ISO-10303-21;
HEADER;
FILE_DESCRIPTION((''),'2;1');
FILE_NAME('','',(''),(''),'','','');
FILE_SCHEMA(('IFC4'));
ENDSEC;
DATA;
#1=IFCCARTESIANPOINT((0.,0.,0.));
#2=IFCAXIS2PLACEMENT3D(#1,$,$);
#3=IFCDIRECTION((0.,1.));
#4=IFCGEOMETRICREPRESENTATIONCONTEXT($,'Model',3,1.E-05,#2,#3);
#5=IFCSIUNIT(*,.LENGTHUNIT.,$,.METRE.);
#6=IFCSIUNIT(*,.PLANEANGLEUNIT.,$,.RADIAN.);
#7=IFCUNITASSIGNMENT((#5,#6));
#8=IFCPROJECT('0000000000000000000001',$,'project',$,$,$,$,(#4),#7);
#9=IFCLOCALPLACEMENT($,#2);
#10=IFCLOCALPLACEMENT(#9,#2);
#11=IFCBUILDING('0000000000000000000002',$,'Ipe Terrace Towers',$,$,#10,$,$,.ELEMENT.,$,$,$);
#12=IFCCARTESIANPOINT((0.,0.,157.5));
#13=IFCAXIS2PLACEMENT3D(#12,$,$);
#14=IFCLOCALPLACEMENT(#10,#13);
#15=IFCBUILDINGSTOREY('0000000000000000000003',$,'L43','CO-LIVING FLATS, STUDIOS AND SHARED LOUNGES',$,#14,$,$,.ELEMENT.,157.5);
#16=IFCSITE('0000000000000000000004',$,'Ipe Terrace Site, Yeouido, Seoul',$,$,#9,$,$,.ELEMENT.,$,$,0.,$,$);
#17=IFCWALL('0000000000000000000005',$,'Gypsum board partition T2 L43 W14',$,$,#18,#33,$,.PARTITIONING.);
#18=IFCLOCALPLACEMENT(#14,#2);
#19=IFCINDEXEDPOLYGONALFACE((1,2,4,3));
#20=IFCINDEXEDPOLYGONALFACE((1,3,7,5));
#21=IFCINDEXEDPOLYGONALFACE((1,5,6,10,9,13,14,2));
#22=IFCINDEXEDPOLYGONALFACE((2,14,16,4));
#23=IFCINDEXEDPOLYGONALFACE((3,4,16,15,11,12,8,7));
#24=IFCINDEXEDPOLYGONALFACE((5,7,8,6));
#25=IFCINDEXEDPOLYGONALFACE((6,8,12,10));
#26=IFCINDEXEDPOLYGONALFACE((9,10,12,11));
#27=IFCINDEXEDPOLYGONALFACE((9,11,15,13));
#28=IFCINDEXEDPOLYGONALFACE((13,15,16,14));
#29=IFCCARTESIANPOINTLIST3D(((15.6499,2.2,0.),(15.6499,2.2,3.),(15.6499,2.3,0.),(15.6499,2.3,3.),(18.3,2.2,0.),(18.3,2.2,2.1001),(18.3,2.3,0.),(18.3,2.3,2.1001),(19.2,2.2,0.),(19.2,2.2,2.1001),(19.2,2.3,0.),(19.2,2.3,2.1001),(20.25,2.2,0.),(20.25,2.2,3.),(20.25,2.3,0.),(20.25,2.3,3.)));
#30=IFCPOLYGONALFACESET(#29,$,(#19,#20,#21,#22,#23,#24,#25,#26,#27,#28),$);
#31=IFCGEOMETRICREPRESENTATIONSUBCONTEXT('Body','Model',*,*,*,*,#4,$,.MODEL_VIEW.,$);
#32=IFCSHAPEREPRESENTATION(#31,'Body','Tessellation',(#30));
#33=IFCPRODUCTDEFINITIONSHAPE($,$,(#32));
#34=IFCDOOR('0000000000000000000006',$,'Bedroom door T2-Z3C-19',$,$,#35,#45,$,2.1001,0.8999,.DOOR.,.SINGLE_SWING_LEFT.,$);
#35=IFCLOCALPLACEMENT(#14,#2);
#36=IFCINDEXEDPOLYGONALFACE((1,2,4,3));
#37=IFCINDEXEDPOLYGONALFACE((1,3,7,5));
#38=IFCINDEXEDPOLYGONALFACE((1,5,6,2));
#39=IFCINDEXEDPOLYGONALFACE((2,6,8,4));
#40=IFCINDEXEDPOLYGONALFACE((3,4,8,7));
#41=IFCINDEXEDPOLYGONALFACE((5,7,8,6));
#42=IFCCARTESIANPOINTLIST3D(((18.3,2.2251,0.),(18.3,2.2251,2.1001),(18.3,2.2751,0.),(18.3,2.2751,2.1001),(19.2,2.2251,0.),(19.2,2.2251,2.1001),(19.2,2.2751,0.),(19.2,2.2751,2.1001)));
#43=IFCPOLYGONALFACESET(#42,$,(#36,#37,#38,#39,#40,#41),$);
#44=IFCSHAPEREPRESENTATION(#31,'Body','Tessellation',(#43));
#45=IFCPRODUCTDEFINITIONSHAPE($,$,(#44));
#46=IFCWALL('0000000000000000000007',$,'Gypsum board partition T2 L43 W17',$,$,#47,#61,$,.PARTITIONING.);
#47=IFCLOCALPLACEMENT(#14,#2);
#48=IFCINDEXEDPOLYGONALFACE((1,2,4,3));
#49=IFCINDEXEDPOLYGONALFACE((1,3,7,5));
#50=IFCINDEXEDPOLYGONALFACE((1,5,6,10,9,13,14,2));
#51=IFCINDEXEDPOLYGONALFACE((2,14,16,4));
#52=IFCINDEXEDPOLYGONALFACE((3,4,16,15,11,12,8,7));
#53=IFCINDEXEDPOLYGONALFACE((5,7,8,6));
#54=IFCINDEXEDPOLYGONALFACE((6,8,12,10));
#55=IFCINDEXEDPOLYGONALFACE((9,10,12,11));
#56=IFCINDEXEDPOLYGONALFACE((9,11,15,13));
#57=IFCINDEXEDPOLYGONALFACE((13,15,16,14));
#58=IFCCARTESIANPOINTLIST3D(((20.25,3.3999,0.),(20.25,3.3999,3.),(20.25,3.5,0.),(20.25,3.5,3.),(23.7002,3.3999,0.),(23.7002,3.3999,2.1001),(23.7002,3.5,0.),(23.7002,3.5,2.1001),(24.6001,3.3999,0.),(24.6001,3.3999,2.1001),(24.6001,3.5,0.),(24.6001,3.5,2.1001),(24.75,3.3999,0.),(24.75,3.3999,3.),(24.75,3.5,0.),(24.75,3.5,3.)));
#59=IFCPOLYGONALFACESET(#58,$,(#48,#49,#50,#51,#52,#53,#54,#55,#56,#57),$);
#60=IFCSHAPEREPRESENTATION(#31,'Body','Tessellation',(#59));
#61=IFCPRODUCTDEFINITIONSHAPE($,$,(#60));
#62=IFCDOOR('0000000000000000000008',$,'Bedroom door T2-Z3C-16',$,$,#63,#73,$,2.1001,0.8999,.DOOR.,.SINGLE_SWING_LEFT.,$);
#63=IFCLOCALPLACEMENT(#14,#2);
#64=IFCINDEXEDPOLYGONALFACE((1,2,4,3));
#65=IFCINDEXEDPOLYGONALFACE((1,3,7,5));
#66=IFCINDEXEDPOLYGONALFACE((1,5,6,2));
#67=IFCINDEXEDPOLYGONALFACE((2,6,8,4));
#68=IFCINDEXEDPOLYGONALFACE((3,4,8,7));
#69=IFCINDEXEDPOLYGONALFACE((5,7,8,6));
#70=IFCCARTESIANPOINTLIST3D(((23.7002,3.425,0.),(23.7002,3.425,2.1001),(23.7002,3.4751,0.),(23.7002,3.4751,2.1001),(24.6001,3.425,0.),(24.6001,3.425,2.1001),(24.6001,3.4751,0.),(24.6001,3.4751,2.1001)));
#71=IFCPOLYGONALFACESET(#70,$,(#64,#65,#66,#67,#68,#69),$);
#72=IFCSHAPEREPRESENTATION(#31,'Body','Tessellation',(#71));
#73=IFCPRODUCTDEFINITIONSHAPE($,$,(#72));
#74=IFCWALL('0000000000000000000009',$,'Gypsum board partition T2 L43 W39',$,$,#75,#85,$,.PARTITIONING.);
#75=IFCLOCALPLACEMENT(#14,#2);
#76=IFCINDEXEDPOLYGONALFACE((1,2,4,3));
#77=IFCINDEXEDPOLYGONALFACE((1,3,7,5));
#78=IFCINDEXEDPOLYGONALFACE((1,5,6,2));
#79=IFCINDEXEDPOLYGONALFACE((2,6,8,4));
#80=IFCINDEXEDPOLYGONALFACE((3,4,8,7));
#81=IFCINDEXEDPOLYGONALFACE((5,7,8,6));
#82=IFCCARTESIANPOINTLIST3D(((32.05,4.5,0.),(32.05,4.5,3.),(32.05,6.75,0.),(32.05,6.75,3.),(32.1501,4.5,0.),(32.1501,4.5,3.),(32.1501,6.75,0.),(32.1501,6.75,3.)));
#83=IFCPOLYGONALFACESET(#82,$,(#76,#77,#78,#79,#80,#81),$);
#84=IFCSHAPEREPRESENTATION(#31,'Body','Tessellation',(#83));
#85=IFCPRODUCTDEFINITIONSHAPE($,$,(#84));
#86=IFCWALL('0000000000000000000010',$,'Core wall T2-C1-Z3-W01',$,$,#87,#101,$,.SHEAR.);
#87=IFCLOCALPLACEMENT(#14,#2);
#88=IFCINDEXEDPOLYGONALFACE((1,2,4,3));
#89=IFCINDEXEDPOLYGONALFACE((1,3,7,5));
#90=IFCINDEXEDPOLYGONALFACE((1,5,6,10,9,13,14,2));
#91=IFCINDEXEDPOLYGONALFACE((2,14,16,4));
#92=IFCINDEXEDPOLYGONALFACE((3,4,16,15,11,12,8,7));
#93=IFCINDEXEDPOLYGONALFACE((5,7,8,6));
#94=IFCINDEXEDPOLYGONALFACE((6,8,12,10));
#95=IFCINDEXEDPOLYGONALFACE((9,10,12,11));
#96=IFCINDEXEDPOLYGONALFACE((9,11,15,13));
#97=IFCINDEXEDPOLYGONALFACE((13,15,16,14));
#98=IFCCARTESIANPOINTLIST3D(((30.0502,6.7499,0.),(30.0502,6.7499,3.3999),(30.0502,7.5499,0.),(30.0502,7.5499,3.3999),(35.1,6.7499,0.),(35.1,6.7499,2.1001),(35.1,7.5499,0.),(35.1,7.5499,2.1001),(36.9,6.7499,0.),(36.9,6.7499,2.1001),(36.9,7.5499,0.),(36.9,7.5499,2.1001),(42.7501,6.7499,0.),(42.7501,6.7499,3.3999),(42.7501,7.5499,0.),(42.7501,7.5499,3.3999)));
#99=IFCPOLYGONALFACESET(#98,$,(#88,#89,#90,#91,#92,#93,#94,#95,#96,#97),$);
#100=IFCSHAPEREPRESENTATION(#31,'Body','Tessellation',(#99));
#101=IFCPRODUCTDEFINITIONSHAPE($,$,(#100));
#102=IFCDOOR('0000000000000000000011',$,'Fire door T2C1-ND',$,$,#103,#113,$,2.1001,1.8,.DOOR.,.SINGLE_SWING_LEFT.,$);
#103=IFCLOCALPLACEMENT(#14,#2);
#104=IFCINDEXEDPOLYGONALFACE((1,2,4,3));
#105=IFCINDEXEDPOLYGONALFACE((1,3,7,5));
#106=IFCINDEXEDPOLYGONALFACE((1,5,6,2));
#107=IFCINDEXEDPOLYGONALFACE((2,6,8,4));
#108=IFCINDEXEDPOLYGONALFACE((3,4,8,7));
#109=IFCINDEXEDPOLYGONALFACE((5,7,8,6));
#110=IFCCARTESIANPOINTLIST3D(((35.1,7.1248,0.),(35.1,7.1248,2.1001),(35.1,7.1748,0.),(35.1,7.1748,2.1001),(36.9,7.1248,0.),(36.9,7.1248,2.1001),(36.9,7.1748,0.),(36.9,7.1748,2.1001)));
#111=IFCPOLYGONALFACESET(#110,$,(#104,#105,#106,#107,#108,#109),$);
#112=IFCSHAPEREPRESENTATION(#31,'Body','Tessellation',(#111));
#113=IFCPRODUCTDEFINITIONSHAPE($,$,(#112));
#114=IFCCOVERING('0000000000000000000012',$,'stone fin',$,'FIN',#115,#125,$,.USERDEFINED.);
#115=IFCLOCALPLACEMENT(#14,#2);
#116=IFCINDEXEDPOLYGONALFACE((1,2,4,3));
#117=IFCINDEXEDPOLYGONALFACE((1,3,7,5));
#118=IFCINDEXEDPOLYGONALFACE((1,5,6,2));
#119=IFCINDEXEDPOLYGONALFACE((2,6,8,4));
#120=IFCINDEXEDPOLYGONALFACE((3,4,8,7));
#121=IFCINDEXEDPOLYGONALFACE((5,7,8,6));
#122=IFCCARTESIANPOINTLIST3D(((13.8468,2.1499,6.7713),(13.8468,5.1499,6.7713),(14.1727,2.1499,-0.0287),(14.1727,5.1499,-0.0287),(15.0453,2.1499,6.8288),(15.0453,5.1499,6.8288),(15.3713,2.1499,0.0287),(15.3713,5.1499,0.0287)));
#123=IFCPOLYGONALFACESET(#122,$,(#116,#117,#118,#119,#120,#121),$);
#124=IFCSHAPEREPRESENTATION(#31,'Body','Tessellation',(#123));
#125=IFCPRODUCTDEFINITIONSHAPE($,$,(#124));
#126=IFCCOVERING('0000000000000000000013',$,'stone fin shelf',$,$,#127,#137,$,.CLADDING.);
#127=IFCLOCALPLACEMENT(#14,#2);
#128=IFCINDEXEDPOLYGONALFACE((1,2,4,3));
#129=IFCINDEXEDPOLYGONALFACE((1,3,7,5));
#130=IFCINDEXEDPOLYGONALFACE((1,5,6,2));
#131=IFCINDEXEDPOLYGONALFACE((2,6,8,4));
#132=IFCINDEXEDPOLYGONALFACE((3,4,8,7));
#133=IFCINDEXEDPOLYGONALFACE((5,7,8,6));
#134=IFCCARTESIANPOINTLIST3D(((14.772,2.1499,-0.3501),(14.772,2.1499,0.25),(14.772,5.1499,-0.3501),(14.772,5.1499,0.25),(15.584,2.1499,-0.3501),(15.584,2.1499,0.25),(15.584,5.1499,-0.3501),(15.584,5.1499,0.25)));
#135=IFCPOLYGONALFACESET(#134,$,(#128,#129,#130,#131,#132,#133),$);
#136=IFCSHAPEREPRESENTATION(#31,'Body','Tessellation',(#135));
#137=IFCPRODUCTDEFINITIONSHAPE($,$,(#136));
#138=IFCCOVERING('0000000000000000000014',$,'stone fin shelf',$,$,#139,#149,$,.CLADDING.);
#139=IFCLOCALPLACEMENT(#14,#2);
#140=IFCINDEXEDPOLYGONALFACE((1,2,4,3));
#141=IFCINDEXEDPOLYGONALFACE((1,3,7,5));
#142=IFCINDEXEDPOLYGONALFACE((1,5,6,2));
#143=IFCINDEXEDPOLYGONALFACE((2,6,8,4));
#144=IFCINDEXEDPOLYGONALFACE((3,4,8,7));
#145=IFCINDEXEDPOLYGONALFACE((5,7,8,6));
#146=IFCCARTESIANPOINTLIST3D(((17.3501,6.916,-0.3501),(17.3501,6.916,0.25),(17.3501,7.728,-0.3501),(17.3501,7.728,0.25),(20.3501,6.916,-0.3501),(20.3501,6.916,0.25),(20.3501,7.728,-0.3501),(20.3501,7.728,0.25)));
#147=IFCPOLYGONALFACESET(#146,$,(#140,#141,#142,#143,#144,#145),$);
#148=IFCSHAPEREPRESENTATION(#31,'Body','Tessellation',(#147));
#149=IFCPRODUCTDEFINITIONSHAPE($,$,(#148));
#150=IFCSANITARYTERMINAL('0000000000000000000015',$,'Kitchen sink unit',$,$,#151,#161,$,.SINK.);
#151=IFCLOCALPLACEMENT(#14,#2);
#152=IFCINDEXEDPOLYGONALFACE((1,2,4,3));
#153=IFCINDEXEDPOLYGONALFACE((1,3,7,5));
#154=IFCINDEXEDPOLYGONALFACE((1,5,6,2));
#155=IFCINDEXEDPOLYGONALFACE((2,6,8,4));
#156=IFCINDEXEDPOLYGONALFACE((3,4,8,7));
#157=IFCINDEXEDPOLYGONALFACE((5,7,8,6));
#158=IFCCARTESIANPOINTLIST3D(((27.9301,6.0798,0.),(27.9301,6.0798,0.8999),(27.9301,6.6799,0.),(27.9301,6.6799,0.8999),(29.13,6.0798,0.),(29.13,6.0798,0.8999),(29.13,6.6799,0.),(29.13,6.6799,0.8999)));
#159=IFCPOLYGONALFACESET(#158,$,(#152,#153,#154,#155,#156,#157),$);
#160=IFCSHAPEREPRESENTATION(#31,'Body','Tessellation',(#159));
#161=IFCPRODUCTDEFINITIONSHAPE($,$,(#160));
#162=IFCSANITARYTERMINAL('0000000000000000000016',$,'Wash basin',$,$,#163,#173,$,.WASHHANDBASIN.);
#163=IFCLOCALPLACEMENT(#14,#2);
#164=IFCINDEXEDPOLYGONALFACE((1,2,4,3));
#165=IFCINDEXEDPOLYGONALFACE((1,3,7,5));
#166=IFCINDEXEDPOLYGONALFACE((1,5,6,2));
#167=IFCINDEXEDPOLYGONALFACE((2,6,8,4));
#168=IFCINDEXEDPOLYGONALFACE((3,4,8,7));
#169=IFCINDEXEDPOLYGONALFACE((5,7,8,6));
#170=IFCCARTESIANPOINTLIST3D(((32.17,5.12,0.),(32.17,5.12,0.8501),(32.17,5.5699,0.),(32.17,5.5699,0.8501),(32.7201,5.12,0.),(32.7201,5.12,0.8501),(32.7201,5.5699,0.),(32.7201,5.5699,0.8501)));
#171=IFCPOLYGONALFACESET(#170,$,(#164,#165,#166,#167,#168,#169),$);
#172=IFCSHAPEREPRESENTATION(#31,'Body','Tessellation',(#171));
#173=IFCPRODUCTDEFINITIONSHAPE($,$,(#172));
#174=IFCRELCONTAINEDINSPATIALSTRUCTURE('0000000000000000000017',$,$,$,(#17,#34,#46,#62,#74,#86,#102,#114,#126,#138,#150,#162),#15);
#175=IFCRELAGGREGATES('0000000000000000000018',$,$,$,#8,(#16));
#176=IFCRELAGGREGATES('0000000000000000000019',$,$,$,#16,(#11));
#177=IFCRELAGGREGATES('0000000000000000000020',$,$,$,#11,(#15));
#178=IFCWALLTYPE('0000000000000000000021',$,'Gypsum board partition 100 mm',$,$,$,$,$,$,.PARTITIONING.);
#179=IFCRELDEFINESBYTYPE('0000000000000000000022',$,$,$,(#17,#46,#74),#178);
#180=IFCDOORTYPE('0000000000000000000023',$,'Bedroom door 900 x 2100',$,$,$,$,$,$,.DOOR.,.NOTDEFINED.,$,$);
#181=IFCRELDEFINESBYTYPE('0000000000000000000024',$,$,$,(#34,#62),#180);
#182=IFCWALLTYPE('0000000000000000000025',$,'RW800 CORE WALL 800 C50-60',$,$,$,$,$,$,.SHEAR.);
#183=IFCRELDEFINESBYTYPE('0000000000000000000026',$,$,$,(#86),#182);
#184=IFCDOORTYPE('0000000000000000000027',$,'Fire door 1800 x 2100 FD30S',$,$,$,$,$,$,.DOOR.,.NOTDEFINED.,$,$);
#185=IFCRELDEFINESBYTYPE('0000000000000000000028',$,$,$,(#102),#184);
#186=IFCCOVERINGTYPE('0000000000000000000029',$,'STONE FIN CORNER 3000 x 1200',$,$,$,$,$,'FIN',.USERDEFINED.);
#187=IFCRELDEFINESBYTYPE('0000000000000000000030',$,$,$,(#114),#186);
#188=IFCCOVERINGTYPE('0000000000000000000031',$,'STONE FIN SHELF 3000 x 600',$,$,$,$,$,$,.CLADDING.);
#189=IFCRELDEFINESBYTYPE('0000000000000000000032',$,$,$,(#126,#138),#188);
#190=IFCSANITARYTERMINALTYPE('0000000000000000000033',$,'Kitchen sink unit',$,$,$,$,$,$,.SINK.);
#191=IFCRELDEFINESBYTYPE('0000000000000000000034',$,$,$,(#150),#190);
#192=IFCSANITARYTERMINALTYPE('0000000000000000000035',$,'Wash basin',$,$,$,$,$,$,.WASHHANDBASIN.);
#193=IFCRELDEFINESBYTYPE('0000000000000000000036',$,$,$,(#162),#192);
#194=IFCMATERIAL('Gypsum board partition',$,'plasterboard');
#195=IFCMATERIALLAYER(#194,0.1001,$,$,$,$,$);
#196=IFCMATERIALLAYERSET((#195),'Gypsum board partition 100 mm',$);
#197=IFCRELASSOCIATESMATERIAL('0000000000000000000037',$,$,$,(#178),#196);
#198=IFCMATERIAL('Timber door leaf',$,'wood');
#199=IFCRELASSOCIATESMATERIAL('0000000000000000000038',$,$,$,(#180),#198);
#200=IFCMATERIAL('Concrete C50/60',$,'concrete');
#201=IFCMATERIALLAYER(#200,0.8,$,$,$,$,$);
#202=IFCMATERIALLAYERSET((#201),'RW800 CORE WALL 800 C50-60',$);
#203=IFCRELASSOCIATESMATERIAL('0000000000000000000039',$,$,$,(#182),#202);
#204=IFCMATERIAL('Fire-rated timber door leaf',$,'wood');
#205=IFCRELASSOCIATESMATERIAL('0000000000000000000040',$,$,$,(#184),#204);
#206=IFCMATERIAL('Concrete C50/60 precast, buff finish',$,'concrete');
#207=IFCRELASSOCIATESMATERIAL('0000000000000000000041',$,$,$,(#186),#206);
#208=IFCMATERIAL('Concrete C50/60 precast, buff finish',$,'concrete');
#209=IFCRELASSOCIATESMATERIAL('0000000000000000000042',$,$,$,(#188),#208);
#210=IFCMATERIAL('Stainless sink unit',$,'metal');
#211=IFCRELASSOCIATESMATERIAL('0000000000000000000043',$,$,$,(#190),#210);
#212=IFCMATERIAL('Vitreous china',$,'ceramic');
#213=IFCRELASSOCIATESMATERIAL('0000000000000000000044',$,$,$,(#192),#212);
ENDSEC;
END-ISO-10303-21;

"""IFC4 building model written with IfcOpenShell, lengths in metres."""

from ifc_helpers import new_model, si_unit, direction, frame, frame_2d, origin, origin_2d, place, context, subcontext, project, spatial, rectangle, extrude, material, layer, layer_set, material_profile, profile_set, type_object, element, fill, save


model = new_model("IFC4")

# Units and contexts
model_context = context("Model", 3, precision=1e-05, world=origin(), true_north=direction((0.0, 1.0)))
body_context = subcontext(model_context, "Body", "Model", "MODEL_VIEW")
ifc_project = project(units=[si_unit("LENGTHUNIT", "METRE"), si_unit("PLANEANGLEUNIT", "RADIAN")], contexts=[model_context])

# Site, building, storey
site_placement = place(None, origin())
site = spatial("IfcSite", under=ifc_project, at=site_placement, Name="Ipe Terrace Site, Yeouido, Seoul", CompositionType="ELEMENT", RefElevation=0.0)
building_placement = place(site_placement, origin())
building = spatial("IfcBuilding", under=site, at=building_placement, Name="Ipe Terrace Towers", CompositionType="ELEMENT")
storey_placement = place(building_placement, frame((0.0, 0.0, 157.5)))
storey = spatial("IfcBuildingStorey", under=building, at=storey_placement, Name="L43", Description="CO-LIVING FLATS, STUDIOS AND SHARED LOUNGES", CompositionType="ELEMENT", Elevation=157.5)

# Walls, openings, doors
ifc_material_1 = material(Name="Gypsum board partition", Category="plasterboard")
ifc_layer_1 = layer(ifc_material_1, 0.1001)
ifc_layer_set_1 = layer_set([ifc_layer_1], Name="Gypsum board partition 100 mm")
wall_type_1 = type_object("IfcWallType", Name="Gypsum board partition 100 mm", PredefinedType="PARTITIONING", material=ifc_layer_set_1)
wall_1_placement = place(storey_placement, frame((20.25, 2.25, 0.0), z_axis=(0.0, 0.0, 1.0), x_axis=(-1.0, 0.0, 0.0)))
wall_1 = element("IfcWall", 1, at=wall_1_placement, inside=storey, type_object=wall_type_1, Name="Gypsum board partition T2 L43 W14", PredefinedType="PARTITIONING", context=body_context, shape_type="SweptSolid", body=[
    extrude(rectangle(XDim=4.6001, YDim=0.1001, at=frame_2d((2.3, 0.0))), origin(), (0.0, 0.0, 1.0), 3.0),
])
opening_1_placement = place(wall_1_placement, frame((1.05, 0.0, 0.0)))
opening_1 = element("IfcOpeningElement", 2, at=opening_1_placement, cuts=wall_1, PredefinedType="OPENING", context=body_context, shape_type="SweptSolid", body=[
    extrude(rectangle(XDim=0.8999, YDim=2.1001, at=frame_2d((0.45, 1.05))), frame((0.0, 0.0601, 0.0), z_axis=(0.0, -1.0, 0.0), x_axis=(1.0, 0.0, 0.0)), (0.0, 0.0, 1.0), 0.1201),
])
ifc_material_2 = material(Name="Timber door leaf", Category="wood")
door_type_1 = type_object("IfcDoorType", Name="Bedroom door 900 x 2100", OperationType="NOTDEFINED", PredefinedType="DOOR", material=ifc_material_2)
door_1_placement = place(opening_1_placement, origin())
door_1 = element("IfcDoor", 3, at=door_1_placement, inside=storey, type_object=door_type_1, Name="Bedroom door T2-Z3C-19", OperationType="SINGLE_SWING_LEFT", OverallHeight=2.1001, OverallWidth=0.8999, PredefinedType="DOOR", context=body_context, shape_type="SweptSolid", body=[
    extrude(rectangle(XDim=0.8999, YDim=2.1001, at=frame_2d((0.45, 1.05))), frame((0.0, 0.0249, 0.0), z_axis=(0.0, -1.0, 0.0), x_axis=(1.0, 0.0, 0.0)), (0.0, 0.0, 1.0), 0.05),
])
fill(opening_1, door_1)
wall_2_placement = place(storey_placement, frame((24.75, 3.45, 0.0), z_axis=(0.0, 0.0, 1.0), x_axis=(-1.0, 0.0, 0.0)))
wall_2 = element("IfcWall", 4, at=wall_2_placement, inside=storey, type_object=wall_type_1, Name="Gypsum board partition T2 L43 W17", PredefinedType="PARTITIONING", context=body_context, shape_type="SweptSolid", body=[
    extrude(rectangle(XDim=4.5, YDim=0.1001, at=frame_2d((2.25, 0.0))), origin(), (0.0, 0.0, 1.0), 3.0),
])
opening_2_placement = place(wall_2_placement, frame((0.1499, 0.0, 0.0)))
opening_2 = element("IfcOpeningElement", 5, at=opening_2_placement, cuts=wall_2, PredefinedType="OPENING", context=body_context, shape_type="SweptSolid", body=[
    extrude(rectangle(XDim=0.8999, YDim=2.1001, at=frame_2d((0.45, 1.05))), frame((0.0, 0.0601, 0.0), z_axis=(0.0, -1.0, 0.0), x_axis=(1.0, 0.0, 0.0)), (0.0, 0.0, 1.0), 0.1201),
])
door_2_placement = place(opening_2_placement, origin())
door_2 = element("IfcDoor", 6, at=door_2_placement, inside=storey, type_object=door_type_1, Name="Bedroom door T2-Z3C-16", OperationType="SINGLE_SWING_LEFT", OverallHeight=2.1001, OverallWidth=0.8999, PredefinedType="DOOR", context=body_context, shape_type="SweptSolid", body=[
    extrude(rectangle(XDim=0.8999, YDim=2.1001, at=frame_2d((0.45, 1.05))), frame((0.0, 0.0249, 0.0), z_axis=(0.0, -1.0, 0.0), x_axis=(1.0, 0.0, 0.0)), (0.0, 0.0, 1.0), 0.05),
])
fill(opening_2, door_2)

# Wall
wall_3_placement = place(storey_placement, frame((32.1001, 4.5, 0.0), z_axis=(0.0, 0.0, 1.0), x_axis=(0.0, 1.0, 0.0)))
element("IfcWall", 7, at=wall_3_placement, inside=storey, type_object=wall_type_1, Name="Gypsum board partition T2 L43 W39", PredefinedType="PARTITIONING", context=body_context, shape_type="SweptSolid", body=[
    extrude(rectangle(XDim=2.25, YDim=0.1001, at=frame_2d((1.125, 0.0))), origin(), (0.0, 0.0, 1.0), 3.0),
])

# Wall, opening, door
ifc_material_3 = material(Name="Concrete C50/60", Category="concrete")
ifc_layer_2 = layer(ifc_material_3, 0.8)
ifc_layer_set_2 = layer_set([ifc_layer_2], Name="RW800 CORE WALL 800 C50-60")
wall_type_2 = type_object("IfcWallType", Name="RW800 CORE WALL 800 C50-60", PredefinedType="SHEAR", material=ifc_layer_set_2)
wall_4_placement = place(storey_placement, frame((30.05, 7.1499, 0.0), z_axis=(0.0, 0.0, 1.0), x_axis=(1.0, 0.0, 0.0)))
wall_4 = element("IfcWall", 8, at=wall_4_placement, inside=storey, type_object=wall_type_2, Name="Core wall T2-C1-Z3-W01", PredefinedType="SHEAR", context=body_context, shape_type="SweptSolid", body=[
    extrude(rectangle(XDim=12.7, YDim=0.8, at=frame_2d((6.3501, 0.0))), origin(), (0.0, 0.0, 1.0), 3.3999),
])
opening_3_placement = place(wall_4_placement, frame((5.05, 0.0, 0.0)))
opening_3 = element("IfcOpeningElement", 9, at=opening_3_placement, cuts=wall_4, PredefinedType="OPENING", context=body_context, shape_type="SweptSolid", body=[
    extrude(rectangle(XDim=1.8, YDim=2.1001, at=frame_2d((0.8999, 1.05))), frame((0.0, 0.4102, 0.0), z_axis=(0.0, -1.0, 0.0), x_axis=(1.0, 0.0, 0.0)), (0.0, 0.0, 1.0), 0.8201),
])
ifc_material_4 = material(Name="Fire-rated timber door leaf", Category="wood")
door_type_2 = type_object("IfcDoorType", Name="Fire door 1800 x 2100 FD30S", OperationType="NOTDEFINED", PredefinedType="DOOR", material=ifc_material_4)
door_3_placement = place(opening_3_placement, origin())
door_3 = element("IfcDoor", 10, at=door_3_placement, inside=storey, type_object=door_type_2, Name="Fire door T2C1-ND", OperationType="SINGLE_SWING_LEFT", OverallHeight=2.1001, OverallWidth=1.8, PredefinedType="DOOR", context=body_context, shape_type="SweptSolid", body=[
    extrude(rectangle(XDim=1.8, YDim=2.1001, at=frame_2d((0.8999, 1.05))), frame((0.0, 0.0249, 0.0), z_axis=(0.0, -1.0, 0.0), x_axis=(1.0, 0.0, 0.0)), (0.0, 0.0, 1.0), 0.05),
])
fill(opening_3, door_3)

# Coverings
ifc_material_5 = material(Name="Concrete C50/60 precast, buff finish", Category="concrete")
ifc_material_profile_1 = material_profile(ifc_material_5, rectangle(XDim=3.0, YDim=1.2, at=origin_2d()), Name="STONE FIN CORNER 3000 x 1200")
ifc_profile_set_1 = profile_set([ifc_material_profile_1], Name="Concrete C50/60 precast, buff finish")
covering_type_1 = type_object("IfcCoveringType", Name="STONE FIN CORNER 3000 x 1200", ElementType="FIN", PredefinedType="USERDEFINED", material=ifc_profile_set_1)
covering_placement = place(storey_placement, frame((14.772, 3.6499, 0.0), z_axis=(-0.047875, 0.0, 0.998853), x_axis=(0.0, -1.0, 0.0)))
element("IfcCovering", 11, at=covering_placement, inside=storey, type_object=covering_type_1, Name="stone fin", ObjectType="FIN", PredefinedType="USERDEFINED", context=body_context, shape_type="SweptSolid", body=[
    extrude(rectangle(XDim=3.0, YDim=1.2, at=origin_2d()), origin(), (0.0, 0.0, 1.0), 6.8079),
])
ifc_material_6 = material(Name="Concrete C50/60 precast, buff finish", Category="concrete")
covering_type_2 = type_object("IfcCoveringType", Name="STONE FIN SHELF 3000 x 600", PredefinedType="CLADDING", material=ifc_material_6)
for number, where, z_axis, x_axis, name in (
    (12, (15.178, 3.6499, -0.3501), (0.0, 0.0, 1.0), (0.0, -1.0, 0.0), "stone fin shelf"),
    (13, (18.8501, 7.322, -0.3501), (0.0, 0.0, 1.0), (-1.0, 0.0, 0.0), "stone fin shelf"),
):
    element("IfcCovering", number, at=place(storey_placement, frame(where, z_axis=z_axis, x_axis=x_axis)), inside=storey, type_object=covering_type_2, Name=name, PredefinedType="CLADDING", context=body_context, shape_type="SweptSolid", body=[
        extrude(rectangle(XDim=3.0, YDim=0.812, at=origin_2d()), origin(), (0.0, 0.0, 1.0), 0.6001),
    ])

# Sanitary terminals
ifc_material_7 = material(Name="Stainless sink unit", Category="metal")
sanitary_terminal_type_1 = type_object("IfcSanitaryTerminalType", Name="Kitchen sink unit", PredefinedType="SINK", material=ifc_material_7)
sanitary_terminal_1_placement = place(storey_placement, frame((28.53, 6.3799, 0.0), z_axis=(0.0, 0.0, 1.0), x_axis=(1.0, 0.0, 0.0)))
element("IfcSanitaryTerminal", 14, at=sanitary_terminal_1_placement, inside=storey, type_object=sanitary_terminal_type_1, Name="Kitchen sink unit", PredefinedType="SINK", context=body_context, shape_type="SweptSolid", body=[
    extrude(rectangle(XDim=1.2, YDim=0.6001, at=origin_2d()), origin(), (0.0, 0.0, 1.0), 0.8999),
])
ifc_material_8 = material(Name="Vitreous china", Category="ceramic")
sanitary_terminal_type_2 = type_object("IfcSanitaryTerminalType", Name="Wash basin", PredefinedType="WASHHANDBASIN", material=ifc_material_8)
sanitary_terminal_2_placement = place(storey_placement, frame((32.4451, 5.345, 0.0), z_axis=(0.0, 0.0, 1.0), x_axis=(1.0, 0.0, 0.0)))
element("IfcSanitaryTerminal", 15, at=sanitary_terminal_2_placement, inside=storey, type_object=sanitary_terminal_type_2, Name="Wash basin", PredefinedType="WASHHANDBASIN", context=body_context, shape_type="SweptSolid", body=[
    extrude(rectangle(XDim=0.55, YDim=0.45, at=origin_2d()), origin(), (0.0, 0.0, 1.0), 0.8501),
])

save(model, "model.ifc")
